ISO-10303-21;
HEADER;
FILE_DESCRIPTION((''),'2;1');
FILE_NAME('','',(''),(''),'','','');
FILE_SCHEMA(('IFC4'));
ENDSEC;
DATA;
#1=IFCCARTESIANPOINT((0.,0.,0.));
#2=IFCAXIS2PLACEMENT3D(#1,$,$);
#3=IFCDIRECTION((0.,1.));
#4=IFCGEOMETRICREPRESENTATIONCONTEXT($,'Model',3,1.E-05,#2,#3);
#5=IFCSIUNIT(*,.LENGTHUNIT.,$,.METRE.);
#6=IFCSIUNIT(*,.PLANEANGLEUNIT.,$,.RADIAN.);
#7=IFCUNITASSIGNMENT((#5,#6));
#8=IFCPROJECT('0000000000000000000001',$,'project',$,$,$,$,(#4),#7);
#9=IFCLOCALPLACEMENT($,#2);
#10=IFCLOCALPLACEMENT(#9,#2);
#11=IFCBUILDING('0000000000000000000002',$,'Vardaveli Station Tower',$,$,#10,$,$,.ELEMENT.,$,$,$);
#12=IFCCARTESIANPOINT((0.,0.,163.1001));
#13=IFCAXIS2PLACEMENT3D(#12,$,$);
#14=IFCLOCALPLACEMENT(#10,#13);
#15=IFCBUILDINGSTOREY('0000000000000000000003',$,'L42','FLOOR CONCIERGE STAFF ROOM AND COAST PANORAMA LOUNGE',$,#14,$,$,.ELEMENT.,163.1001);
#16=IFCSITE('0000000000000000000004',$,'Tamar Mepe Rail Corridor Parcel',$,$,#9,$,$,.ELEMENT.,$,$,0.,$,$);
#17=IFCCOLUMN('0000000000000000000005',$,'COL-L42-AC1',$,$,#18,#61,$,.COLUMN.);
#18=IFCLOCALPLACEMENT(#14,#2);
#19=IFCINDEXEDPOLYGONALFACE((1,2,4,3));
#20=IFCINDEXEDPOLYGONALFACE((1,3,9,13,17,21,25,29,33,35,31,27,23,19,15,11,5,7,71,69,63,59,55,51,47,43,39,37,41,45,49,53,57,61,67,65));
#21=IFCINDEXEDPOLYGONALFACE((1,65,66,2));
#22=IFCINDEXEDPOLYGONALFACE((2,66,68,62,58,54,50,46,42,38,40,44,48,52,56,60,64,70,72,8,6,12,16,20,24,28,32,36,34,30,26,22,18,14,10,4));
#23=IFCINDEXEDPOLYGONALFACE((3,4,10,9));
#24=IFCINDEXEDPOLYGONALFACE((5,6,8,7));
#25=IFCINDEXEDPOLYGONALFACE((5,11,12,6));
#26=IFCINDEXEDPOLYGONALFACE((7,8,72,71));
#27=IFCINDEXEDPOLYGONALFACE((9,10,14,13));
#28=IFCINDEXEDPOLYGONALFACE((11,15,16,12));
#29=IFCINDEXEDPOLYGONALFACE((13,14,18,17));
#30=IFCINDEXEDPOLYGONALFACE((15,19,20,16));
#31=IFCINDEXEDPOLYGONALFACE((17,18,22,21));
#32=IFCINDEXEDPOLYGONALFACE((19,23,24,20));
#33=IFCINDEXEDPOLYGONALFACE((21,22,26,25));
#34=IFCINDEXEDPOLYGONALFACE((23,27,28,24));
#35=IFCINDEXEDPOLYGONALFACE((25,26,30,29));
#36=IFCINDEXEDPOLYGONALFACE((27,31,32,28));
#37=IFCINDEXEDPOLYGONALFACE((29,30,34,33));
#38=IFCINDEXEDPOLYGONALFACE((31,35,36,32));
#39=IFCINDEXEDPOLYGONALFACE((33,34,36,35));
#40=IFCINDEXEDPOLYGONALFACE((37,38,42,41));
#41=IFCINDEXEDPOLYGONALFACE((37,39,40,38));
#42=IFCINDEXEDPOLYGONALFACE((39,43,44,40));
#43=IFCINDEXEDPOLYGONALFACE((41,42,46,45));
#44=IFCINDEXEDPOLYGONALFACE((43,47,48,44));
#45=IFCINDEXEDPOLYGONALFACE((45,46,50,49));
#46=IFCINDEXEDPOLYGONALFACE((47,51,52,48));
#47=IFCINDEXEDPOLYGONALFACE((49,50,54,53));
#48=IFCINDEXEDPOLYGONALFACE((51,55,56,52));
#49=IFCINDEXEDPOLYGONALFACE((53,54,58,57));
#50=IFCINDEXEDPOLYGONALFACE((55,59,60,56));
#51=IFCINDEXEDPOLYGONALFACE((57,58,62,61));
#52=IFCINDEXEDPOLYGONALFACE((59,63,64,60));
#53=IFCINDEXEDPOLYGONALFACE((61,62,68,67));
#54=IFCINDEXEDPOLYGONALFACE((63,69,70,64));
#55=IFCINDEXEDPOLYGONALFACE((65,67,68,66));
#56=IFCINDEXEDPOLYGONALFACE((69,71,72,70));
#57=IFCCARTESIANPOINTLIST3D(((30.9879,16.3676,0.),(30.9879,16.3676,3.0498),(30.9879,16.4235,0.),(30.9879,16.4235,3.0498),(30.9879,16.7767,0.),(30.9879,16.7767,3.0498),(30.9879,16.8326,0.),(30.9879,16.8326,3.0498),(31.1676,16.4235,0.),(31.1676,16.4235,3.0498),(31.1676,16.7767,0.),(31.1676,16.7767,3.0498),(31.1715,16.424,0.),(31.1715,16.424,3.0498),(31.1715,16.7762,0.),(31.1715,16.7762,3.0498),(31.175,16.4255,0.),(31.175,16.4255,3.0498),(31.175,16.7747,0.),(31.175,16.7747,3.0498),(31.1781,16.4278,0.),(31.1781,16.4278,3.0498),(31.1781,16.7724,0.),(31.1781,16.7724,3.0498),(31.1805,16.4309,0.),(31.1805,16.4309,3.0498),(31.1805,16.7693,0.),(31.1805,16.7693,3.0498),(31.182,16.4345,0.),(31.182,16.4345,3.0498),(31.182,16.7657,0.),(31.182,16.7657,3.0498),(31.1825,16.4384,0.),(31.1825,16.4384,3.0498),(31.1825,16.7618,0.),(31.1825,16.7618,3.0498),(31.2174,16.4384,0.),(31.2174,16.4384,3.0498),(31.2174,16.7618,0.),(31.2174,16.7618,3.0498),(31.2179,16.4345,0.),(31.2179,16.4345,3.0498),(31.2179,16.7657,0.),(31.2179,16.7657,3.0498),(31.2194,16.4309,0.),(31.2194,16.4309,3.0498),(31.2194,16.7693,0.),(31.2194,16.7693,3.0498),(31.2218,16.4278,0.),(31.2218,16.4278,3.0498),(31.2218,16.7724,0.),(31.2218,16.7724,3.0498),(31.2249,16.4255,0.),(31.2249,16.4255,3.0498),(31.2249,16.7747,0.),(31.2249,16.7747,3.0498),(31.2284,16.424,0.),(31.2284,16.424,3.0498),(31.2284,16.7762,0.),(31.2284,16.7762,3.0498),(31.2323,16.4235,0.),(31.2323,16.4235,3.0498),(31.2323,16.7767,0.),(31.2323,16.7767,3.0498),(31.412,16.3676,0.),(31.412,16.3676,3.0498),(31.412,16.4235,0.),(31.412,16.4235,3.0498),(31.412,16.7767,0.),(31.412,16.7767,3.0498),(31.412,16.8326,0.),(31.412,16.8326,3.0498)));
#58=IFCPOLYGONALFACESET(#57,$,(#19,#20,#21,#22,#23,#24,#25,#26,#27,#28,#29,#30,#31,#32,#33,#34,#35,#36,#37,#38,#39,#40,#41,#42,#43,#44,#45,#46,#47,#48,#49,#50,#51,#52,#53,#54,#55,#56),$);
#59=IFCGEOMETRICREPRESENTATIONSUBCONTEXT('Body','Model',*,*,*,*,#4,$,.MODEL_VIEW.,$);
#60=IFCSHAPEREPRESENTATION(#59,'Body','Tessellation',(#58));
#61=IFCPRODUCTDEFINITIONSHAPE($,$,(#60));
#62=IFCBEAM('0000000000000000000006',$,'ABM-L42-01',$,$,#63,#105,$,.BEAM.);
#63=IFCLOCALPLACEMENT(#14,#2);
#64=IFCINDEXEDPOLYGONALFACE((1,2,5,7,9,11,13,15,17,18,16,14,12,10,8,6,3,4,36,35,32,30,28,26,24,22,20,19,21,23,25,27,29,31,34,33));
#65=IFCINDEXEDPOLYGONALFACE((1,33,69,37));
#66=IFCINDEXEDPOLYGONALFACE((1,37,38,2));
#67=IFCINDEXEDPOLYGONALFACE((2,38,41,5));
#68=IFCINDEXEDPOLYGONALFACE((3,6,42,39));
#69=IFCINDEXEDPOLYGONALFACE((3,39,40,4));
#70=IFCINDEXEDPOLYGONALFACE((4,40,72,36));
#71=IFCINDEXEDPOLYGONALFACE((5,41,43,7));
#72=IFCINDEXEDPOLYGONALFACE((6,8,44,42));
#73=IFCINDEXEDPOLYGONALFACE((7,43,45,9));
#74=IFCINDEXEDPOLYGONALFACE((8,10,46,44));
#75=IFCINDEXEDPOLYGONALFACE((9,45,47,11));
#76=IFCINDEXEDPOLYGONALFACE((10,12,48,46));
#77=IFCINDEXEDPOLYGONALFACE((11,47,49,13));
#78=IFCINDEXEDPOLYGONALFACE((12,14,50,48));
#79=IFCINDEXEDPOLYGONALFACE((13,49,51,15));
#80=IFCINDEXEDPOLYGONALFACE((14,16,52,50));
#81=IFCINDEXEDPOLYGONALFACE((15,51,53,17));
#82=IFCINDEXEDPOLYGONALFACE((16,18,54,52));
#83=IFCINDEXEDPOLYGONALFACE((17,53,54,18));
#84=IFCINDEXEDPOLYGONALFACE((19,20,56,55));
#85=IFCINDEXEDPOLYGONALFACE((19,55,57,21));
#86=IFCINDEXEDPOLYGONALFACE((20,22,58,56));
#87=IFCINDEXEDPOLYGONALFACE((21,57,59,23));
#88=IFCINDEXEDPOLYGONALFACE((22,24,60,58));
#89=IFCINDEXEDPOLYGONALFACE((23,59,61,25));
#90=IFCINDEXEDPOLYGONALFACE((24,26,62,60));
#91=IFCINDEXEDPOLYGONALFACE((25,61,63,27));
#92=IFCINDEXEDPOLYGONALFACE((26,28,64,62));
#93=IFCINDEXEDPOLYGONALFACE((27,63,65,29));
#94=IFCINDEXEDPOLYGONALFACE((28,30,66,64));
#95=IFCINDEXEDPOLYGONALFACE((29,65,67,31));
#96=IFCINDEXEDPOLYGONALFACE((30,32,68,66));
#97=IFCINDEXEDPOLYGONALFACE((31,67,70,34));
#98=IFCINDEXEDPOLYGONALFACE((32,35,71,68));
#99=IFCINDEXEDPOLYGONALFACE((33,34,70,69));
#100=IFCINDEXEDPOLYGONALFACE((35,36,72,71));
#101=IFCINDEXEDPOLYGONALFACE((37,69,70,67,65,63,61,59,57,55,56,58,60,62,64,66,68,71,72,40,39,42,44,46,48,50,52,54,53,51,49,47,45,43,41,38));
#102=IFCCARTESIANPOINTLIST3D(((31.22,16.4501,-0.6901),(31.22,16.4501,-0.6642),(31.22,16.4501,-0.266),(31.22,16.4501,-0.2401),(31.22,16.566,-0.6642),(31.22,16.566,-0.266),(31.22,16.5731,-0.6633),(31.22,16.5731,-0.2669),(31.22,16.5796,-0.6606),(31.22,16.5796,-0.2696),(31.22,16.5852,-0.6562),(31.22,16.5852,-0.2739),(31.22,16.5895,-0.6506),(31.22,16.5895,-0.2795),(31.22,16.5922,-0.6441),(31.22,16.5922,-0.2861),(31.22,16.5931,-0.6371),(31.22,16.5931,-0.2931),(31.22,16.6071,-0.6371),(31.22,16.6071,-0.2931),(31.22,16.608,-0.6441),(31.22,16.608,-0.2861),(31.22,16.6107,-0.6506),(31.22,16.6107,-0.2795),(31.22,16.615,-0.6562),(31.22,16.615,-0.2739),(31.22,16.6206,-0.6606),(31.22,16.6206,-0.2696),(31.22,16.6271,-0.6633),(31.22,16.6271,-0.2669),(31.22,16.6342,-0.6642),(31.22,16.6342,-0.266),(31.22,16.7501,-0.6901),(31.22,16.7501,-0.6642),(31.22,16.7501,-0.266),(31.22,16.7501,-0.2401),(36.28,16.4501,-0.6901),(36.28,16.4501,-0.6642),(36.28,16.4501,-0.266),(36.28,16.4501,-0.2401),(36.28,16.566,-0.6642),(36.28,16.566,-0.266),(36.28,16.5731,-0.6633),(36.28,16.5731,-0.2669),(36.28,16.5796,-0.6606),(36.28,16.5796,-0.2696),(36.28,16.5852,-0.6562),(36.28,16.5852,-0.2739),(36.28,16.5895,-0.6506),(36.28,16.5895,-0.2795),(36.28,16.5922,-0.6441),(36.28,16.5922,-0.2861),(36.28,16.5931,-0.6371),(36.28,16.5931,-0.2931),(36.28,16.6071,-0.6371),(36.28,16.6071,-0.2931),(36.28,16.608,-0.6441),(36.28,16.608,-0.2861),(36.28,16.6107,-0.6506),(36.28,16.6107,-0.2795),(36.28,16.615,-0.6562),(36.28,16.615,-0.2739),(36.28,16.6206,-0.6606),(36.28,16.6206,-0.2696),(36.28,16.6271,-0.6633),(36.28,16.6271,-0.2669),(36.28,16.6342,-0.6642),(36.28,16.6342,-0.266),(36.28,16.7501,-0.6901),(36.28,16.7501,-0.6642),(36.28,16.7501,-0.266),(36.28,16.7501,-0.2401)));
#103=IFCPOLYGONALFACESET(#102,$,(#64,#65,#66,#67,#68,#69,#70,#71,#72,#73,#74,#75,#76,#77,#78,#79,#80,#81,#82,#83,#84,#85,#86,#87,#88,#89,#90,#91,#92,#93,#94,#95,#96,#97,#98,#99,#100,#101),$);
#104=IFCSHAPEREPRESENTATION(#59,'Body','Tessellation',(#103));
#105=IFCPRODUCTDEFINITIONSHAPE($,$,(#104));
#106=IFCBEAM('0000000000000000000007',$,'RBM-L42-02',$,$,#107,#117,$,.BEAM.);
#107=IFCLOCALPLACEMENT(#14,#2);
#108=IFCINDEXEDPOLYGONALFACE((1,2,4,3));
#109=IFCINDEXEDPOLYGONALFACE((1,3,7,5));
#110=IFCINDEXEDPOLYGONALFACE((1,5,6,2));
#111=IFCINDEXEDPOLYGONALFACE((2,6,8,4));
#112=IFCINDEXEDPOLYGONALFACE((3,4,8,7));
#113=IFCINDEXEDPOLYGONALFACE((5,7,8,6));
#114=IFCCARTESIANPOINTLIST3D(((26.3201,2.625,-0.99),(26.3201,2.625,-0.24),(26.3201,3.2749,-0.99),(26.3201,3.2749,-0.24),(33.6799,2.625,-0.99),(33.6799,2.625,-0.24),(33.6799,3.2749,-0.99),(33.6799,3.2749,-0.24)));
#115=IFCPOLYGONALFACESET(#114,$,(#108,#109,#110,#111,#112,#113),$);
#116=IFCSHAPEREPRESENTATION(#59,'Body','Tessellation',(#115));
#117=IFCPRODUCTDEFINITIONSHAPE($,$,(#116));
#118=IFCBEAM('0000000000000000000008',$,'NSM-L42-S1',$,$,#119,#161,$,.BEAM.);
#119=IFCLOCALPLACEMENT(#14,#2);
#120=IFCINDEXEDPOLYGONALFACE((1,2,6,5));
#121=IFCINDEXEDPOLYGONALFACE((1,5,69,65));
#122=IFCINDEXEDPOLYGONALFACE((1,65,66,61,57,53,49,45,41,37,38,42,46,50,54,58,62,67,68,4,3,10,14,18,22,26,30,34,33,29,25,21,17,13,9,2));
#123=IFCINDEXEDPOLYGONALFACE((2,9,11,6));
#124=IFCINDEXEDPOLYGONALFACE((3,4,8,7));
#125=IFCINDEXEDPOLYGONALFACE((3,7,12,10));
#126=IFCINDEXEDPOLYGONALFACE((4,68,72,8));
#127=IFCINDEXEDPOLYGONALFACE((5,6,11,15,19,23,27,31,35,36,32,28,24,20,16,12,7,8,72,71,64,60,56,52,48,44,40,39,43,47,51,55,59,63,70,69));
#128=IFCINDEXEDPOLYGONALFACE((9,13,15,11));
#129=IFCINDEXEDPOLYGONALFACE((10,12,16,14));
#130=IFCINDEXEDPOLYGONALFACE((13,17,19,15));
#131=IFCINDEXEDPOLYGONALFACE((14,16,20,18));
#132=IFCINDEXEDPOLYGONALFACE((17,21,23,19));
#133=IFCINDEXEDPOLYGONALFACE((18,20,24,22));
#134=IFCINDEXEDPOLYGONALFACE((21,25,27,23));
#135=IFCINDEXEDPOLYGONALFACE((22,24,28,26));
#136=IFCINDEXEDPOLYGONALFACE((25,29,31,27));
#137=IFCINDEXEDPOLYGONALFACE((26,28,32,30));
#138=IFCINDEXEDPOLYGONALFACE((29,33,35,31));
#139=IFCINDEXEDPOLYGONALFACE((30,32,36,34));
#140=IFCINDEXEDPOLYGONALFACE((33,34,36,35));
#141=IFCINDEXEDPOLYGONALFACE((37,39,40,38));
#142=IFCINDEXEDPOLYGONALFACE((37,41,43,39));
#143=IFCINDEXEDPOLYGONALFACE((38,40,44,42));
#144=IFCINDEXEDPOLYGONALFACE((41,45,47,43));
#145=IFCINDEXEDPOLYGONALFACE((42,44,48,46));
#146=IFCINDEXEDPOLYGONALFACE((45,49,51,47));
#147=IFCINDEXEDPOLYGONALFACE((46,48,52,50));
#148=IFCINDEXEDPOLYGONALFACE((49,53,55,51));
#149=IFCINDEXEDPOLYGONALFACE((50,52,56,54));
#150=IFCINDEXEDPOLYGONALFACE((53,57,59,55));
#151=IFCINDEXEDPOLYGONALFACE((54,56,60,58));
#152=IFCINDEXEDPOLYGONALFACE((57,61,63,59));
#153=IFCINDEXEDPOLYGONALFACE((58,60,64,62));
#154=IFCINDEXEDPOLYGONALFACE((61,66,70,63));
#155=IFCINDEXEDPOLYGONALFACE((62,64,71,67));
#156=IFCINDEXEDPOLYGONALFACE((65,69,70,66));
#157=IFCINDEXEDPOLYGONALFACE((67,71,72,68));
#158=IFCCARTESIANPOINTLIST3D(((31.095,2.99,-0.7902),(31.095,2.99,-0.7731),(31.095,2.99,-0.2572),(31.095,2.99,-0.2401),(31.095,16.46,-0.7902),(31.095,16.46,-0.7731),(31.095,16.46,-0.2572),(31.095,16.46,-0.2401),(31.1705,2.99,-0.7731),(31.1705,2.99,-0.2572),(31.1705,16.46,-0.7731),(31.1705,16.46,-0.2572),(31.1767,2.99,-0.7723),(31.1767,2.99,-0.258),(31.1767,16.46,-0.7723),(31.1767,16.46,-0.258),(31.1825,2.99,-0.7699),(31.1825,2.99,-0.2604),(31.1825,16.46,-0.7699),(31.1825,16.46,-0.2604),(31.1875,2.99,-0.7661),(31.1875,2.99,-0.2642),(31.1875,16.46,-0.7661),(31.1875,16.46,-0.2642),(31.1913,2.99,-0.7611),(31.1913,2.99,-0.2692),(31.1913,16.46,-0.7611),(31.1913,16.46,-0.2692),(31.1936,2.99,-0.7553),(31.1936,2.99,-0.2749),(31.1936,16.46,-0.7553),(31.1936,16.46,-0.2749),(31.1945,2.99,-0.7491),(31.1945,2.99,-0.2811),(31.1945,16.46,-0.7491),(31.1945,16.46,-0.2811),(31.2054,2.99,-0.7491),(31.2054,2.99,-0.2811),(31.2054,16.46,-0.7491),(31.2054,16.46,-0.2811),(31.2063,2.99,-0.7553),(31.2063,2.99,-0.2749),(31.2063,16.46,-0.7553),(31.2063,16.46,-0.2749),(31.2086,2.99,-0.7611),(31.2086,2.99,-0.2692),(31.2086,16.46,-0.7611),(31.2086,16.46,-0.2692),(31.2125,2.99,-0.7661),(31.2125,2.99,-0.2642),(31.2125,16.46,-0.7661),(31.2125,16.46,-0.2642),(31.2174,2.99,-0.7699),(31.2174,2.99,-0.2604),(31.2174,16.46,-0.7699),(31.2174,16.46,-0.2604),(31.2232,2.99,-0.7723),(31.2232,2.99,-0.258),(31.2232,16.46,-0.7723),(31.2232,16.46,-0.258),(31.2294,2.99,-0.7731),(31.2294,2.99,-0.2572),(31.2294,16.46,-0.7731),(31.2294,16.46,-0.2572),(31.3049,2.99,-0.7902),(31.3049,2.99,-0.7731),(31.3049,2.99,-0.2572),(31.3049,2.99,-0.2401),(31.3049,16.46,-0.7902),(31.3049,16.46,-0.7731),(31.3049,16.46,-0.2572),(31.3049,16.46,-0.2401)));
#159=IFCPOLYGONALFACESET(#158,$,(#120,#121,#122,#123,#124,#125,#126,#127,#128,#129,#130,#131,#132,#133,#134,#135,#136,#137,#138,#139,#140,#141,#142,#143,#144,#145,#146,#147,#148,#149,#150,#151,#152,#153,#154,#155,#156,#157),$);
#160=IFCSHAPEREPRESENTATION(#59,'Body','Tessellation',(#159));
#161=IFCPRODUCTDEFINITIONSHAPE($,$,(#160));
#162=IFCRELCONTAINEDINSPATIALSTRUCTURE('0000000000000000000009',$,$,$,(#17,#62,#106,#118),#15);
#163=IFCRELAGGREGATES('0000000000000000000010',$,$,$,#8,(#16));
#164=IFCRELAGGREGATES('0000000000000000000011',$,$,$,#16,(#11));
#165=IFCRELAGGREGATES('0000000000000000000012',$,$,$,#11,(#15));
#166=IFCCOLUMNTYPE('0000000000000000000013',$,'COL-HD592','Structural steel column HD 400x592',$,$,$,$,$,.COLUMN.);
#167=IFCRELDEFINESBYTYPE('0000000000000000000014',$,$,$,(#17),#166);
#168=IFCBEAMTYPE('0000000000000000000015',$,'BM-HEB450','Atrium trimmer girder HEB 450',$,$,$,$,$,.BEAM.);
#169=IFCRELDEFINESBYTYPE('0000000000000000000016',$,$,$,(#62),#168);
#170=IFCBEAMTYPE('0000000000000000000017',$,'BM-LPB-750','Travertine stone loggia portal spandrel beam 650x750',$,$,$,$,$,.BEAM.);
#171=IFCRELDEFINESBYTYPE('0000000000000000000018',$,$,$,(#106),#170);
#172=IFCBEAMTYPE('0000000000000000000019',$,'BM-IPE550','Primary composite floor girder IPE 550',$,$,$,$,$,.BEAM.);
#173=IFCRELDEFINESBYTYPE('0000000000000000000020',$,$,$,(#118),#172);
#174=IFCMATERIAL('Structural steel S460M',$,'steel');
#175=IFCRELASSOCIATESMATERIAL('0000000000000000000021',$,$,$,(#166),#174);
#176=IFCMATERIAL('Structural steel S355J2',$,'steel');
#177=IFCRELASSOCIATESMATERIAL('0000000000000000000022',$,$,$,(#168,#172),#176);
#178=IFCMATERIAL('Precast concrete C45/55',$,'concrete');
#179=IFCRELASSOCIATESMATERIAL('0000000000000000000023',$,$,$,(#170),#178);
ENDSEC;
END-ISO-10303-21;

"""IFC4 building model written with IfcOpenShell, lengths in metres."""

from ifc_helpers import new_model, si_unit, direction, frame, origin, origin_2d, place, context, subcontext, project, spatial, rectangle, i_section, extrude, source, transform, mapped, material, material_profile, profile_set, type_object, element, save


model = new_model("IFC4")

# Units and contexts
model_context = context("Model", 3, precision=1e-05, world=origin(), true_north=direction((0.0, 1.0)))
body_context = subcontext(model_context, "Body", "Model", "MODEL_VIEW")
ifc_project = project(units=[si_unit("LENGTHUNIT", "METRE"), si_unit("PLANEANGLEUNIT", "RADIAN")], contexts=[model_context])

# Site, building, storey
site_placement = place(None, origin())
site = spatial("IfcSite", under=ifc_project, at=site_placement, Name="Tamar Mepe Rail Corridor Parcel", CompositionType="ELEMENT", RefElevation=0.0)
building_placement = place(site_placement, origin())
building = spatial("IfcBuilding", under=site, at=building_placement, Name="Vardaveli Station Tower", CompositionType="ELEMENT")
storey_placement = place(building_placement, frame((0.0, 0.0, 163.1001)))
storey = spatial("IfcBuildingStorey", under=building, at=storey_placement, Name="L42", Description="FLOOR CONCIERGE STAFF ROOM AND COAST PANORAMA LOUNGE", CompositionType="ELEMENT", Elevation=163.1001)

# Column
ifc_material_1 = material(Name="Structural steel S460M", Category="steel")
ifc_material_profile_1 = material_profile(ifc_material_1, i_section(OverallWidth=0.4241, OverallDepth=0.4651, WebThickness=0.0349, FlangeThickness=0.0559, FilletRadius=0.0149, at=origin_2d()), Name="HD 400x592")
ifc_profile_set_1 = profile_set([ifc_material_profile_1], Name="Structural steel S460M")
column_type = type_object("IfcColumnType", Name="COL-HD592", Description="Structural steel column HD 400x592", PredefinedType="COLUMN", material=ifc_profile_set_1)
shared_shape_1 = source(origin(), body_context, "Body", "SweptSolid", [
    extrude(i_section(OverallWidth=0.4241, OverallDepth=0.4651, WebThickness=0.0349, FlangeThickness=0.0559, FilletRadius=0.0149, at=origin_2d()), origin(), (0.0, 0.0, 1.0), 3.0498),
])
column_placement = place(storey_placement, frame((31.2, 16.6001, 0.0), z_axis=(0.0, 0.0, 1.0), x_axis=(1.0, 0.0, 0.0)))
element("IfcColumn", 1, at=column_placement, inside=storey, type_object=column_type, Name="COL-L42-AC1", PredefinedType="COLUMN", context=body_context, shape_type="MappedRepresentation", body=[
    mapped(shared_shape_1, transform((0.0, 0.0, 0.0), scale=1.0)),
])

# Beams
ifc_material_2 = material(Name="Structural steel S355J2", Category="steel")
ifc_material_profile_2 = material_profile(ifc_material_2, i_section(OverallWidth=0.3, OverallDepth=0.45, WebThickness=0.0139, FlangeThickness=0.0259, FilletRadius=0.0271, at=origin_2d()), Name="HEB 450")
ifc_profile_set_2 = profile_set([ifc_material_profile_2], Name="Structural steel S355J2")
beam_type_1 = type_object("IfcBeamType", Name="BM-HEB450", Description="Atrium trimmer girder HEB 450", PredefinedType="BEAM", material=ifc_profile_set_2)
shared_shape_2 = source(origin(), body_context, "Body", "SweptSolid", [
    extrude(i_section(OverallWidth=0.3, OverallDepth=0.45, WebThickness=0.0139, FlangeThickness=0.0259, FilletRadius=0.0271, at=origin_2d()), origin(), (0.0, 0.0, 1.0), 5.0601),
])
beam_1_placement = place(storey_placement, frame((31.22, 16.6001, -0.4651), z_axis=(1.0, 0.0, 0.0), x_axis=(0.0, 1.0, 0.0)))
element("IfcBeam", 2, at=beam_1_placement, inside=storey, type_object=beam_type_1, Name="ABM-L42-01", PredefinedType="BEAM", context=body_context, shape_type="MappedRepresentation", body=[
    mapped(shared_shape_2, transform((0.0, 0.0, 0.0), scale=1.0)),
])
ifc_material_3 = material(Name="Precast concrete C45/55", Category="concrete")
ifc_material_profile_3 = material_profile(ifc_material_3, rectangle(XDim=0.6499, YDim=0.75, at=origin_2d()), Name="LPB 650x750")
ifc_profile_set_3 = profile_set([ifc_material_profile_3], Name="Precast concrete C45/55")
beam_type_2 = type_object("IfcBeamType", Name="BM-LPB-750", Description="Travertine stone loggia portal spandrel beam 650x750", PredefinedType="BEAM", material=ifc_profile_set_3)
shared_shape_3 = source(origin(), body_context, "Body", "SweptSolid", [
    extrude(rectangle(XDim=0.6499, YDim=0.75, at=origin_2d()), origin(), (0.0, 0.0, 1.0), 7.3599),
])
beam_2_placement = place(storey_placement, frame((26.3201, 2.95, -0.615), z_axis=(1.0, 0.0, 0.0), x_axis=(0.0, 1.0, 0.0)))
element("IfcBeam", 3, at=beam_2_placement, inside=storey, type_object=beam_type_2, Name="RBM-L42-02", PredefinedType="BEAM", context=body_context, shape_type="MappedRepresentation", body=[
    mapped(shared_shape_3, transform((0.0, 0.0, 0.0), scale=1.0)),
])
ifc_material_profile_4 = material_profile(ifc_material_2, i_section(OverallWidth=0.21, OverallDepth=0.55, WebThickness=0.011, FlangeThickness=0.0171, FilletRadius=0.0239, at=origin_2d()), Name="IPE 550")
ifc_profile_set_4 = profile_set([ifc_material_profile_4], Name="Structural steel S355J2")
beam_type_3 = type_object("IfcBeamType", Name="BM-IPE550", Description="Primary composite floor girder IPE 550", PredefinedType="BEAM", material=ifc_profile_set_4)
shared_shape_4 = source(origin(), body_context, "Body", "SweptSolid", [
    extrude(i_section(OverallWidth=0.21, OverallDepth=0.55, WebThickness=0.011, FlangeThickness=0.0171, FilletRadius=0.0239, at=origin_2d()), origin(), (0.0, 0.0, 1.0), 13.47),
])
beam_3_placement = place(storey_placement, frame((31.2, 2.99, -0.5151), z_axis=(0.0, 1.0, 0.0), x_axis=(-1.0, 0.0, 0.0)))
element("IfcBeam", 4, at=beam_3_placement, inside=storey, type_object=beam_type_3, Name="NSM-L42-S1", PredefinedType="BEAM", context=body_context, shape_type="MappedRepresentation", body=[
    mapped(shared_shape_4, transform((0.0, 0.0, 0.0), scale=1.0)),
])

save(model, "model.ifc")
